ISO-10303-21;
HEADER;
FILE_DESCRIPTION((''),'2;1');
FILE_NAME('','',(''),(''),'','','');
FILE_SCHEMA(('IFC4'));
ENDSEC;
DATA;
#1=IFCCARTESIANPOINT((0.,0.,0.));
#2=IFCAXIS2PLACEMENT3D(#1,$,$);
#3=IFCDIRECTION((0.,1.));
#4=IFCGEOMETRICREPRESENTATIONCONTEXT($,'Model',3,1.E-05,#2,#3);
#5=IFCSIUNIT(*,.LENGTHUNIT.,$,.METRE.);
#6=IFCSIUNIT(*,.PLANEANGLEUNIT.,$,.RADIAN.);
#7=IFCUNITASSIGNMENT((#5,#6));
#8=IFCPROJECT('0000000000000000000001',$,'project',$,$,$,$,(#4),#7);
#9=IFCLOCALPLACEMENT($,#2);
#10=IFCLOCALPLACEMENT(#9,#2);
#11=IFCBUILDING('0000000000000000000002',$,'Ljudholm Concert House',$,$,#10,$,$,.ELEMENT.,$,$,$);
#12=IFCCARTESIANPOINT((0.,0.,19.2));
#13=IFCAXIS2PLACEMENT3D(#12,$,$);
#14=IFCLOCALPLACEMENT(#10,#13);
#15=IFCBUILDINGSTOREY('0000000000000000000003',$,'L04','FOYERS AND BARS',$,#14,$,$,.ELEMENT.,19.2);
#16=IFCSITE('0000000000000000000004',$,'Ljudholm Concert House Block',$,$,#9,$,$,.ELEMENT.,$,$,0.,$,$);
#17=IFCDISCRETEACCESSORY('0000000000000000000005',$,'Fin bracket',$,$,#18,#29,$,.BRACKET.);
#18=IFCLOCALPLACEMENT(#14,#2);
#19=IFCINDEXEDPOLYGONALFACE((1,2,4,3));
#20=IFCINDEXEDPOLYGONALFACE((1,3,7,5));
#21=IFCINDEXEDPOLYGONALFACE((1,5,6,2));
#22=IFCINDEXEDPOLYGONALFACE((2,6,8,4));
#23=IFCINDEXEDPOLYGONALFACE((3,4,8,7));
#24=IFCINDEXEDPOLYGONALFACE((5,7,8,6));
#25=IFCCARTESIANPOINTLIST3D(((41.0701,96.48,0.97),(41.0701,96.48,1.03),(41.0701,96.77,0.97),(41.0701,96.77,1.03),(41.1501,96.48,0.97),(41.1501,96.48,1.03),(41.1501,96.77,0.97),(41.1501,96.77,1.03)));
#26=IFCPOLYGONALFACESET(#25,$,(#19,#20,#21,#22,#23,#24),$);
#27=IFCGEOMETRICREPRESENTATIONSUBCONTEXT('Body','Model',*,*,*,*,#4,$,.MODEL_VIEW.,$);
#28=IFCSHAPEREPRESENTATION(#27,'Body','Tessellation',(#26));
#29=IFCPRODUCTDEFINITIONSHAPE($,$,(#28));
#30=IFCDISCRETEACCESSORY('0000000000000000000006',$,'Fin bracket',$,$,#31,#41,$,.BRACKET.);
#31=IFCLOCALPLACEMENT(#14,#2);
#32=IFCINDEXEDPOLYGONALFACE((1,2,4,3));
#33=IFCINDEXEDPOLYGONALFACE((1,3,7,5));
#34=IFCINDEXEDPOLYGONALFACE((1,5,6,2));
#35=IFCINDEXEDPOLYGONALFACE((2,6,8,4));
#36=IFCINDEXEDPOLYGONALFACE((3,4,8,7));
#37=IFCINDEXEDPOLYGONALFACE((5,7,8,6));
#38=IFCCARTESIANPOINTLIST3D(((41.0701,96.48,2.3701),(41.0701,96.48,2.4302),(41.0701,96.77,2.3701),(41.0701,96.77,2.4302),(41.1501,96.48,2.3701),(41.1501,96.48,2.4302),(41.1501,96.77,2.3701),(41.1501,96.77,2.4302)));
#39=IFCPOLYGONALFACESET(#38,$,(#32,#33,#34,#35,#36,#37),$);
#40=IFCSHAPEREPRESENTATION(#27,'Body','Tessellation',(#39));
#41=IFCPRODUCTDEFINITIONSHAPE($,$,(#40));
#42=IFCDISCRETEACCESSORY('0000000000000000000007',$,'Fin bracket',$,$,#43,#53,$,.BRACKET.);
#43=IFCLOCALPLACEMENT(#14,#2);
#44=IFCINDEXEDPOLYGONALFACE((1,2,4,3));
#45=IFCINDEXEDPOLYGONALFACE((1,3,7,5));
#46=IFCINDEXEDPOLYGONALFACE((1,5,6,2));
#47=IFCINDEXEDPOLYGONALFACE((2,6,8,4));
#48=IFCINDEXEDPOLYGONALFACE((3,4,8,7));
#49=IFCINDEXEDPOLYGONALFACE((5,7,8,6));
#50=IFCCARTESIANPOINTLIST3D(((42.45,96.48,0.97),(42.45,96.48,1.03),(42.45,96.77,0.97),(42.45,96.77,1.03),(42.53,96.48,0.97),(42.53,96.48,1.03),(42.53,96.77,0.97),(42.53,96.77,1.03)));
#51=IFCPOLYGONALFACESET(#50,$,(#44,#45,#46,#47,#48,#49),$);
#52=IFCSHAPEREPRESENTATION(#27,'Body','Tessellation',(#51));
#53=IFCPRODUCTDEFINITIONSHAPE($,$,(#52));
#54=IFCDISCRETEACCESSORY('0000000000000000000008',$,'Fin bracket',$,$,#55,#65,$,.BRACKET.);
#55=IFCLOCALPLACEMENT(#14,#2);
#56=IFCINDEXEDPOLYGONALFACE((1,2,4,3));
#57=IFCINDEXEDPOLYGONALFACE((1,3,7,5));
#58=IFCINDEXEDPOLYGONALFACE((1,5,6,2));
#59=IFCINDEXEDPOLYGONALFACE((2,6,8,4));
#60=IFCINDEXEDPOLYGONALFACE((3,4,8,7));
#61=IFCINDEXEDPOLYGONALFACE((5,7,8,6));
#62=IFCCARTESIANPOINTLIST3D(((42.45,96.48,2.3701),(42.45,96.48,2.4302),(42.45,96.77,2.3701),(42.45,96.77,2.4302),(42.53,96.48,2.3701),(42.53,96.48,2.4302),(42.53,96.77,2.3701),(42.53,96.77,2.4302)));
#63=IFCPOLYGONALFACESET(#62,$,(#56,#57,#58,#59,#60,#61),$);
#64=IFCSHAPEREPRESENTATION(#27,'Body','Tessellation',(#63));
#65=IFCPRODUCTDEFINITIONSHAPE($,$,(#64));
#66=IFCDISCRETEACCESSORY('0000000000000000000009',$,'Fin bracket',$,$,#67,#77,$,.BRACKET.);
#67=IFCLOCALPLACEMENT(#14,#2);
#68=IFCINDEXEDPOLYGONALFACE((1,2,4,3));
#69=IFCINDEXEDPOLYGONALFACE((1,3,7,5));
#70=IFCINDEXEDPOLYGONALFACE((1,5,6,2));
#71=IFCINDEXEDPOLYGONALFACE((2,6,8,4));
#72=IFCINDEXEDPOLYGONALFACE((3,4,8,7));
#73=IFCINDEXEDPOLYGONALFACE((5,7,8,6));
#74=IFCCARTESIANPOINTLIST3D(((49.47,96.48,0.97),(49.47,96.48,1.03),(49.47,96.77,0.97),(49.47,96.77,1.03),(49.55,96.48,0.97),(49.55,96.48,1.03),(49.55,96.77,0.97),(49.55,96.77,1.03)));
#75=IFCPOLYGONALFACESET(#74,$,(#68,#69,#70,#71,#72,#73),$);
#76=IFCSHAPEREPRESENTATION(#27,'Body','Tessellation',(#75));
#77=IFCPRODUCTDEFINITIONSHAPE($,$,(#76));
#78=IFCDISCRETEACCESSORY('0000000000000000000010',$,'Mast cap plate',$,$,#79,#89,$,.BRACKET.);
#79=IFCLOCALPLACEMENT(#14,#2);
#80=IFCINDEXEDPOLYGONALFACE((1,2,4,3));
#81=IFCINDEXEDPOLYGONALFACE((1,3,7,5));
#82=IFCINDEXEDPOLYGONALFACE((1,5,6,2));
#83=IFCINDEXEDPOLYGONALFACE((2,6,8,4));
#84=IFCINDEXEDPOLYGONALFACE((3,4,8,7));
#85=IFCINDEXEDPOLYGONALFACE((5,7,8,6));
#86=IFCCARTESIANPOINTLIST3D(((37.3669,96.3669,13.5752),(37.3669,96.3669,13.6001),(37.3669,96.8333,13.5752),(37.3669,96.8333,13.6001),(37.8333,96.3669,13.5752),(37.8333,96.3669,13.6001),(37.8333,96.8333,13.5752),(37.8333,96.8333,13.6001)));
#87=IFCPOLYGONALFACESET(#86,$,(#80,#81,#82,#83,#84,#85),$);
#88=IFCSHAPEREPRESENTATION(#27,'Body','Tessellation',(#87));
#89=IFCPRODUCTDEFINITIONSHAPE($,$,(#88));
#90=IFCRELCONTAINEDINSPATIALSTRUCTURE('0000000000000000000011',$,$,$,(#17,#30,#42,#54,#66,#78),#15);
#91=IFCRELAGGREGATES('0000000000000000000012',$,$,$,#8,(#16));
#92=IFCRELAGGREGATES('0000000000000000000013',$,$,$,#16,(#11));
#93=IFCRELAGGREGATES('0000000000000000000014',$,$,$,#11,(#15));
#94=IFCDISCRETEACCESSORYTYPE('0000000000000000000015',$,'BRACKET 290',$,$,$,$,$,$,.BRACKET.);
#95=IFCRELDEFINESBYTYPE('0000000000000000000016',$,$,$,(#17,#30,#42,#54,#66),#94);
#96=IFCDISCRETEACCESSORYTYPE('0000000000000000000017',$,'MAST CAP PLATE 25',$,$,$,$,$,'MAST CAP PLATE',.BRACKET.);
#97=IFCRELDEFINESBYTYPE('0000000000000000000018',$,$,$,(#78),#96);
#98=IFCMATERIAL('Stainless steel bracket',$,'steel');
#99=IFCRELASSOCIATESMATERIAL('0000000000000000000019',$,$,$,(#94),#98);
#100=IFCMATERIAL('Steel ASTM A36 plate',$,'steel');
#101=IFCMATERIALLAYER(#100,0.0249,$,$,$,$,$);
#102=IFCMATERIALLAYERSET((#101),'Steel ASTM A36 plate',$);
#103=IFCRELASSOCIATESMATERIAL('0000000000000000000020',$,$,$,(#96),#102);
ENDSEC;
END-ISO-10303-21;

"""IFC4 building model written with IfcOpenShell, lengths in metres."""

from ifc_helpers import new_model, si_unit, direction, frame, origin, origin_2d, place, context, subcontext, project, spatial, rectangle, extrude, material, layer, layer_set, type_object, element, save


model = new_model("IFC4")

# Units and contexts
model_context = context("Model", 3, precision=1e-05, world=origin(), true_north=direction((0.0, 1.0)))
body_context = subcontext(model_context, "Body", "Model", "MODEL_VIEW")
ifc_project = project(units=[si_unit("LENGTHUNIT", "METRE"), si_unit("PLANEANGLEUNIT", "RADIAN")], contexts=[model_context])

# Site, building, storey
site_placement = place(None, origin())
site = spatial("IfcSite", under=ifc_project, at=site_placement, Name="Ljudholm Concert House Block", CompositionType="ELEMENT", RefElevation=0.0)
building_placement = place(site_placement, origin())
building = spatial("IfcBuilding", under=site, at=building_placement, Name="Ljudholm Concert House", CompositionType="ELEMENT")
storey_placement = place(building_placement, frame((0.0, 0.0, 19.2)))
storey = spatial("IfcBuildingStorey", under=building, at=storey_placement, Name="L04", Description="FOYERS AND BARS", CompositionType="ELEMENT", Elevation=19.2)

# Discrete accessories
ifc_material_1 = material(Name="Stainless steel bracket", Category="steel")
discrete_accessory_type_1 = type_object("IfcDiscreteAccessoryType", Name="BRACKET 290", PredefinedType="BRACKET", material=ifc_material_1)
for number, where, z_axis, x_axis, name in (
    (1, (41.1101, 96.625, 0.97), (0.0, 0.0, 1.0), (0.0, 1.0, 0.0), "Fin bracket"),
    (2, (41.1101, 96.625, 2.3701), (0.0, 0.0, 1.0), (0.0, 1.0, 0.0), "Fin bracket"),
    (3, (42.49, 96.625, 0.97), (0.0, 0.0, 1.0), (0.0, 1.0, 0.0), "Fin bracket"),
    (4, (42.49, 96.625, 2.3701), (0.0, 0.0, 1.0), (0.0, 1.0, 0.0), "Fin bracket"),
    (5, (49.51, 96.625, 0.97), (0.0, 0.0, 1.0), (0.0, 1.0, 0.0), "Fin bracket"),
):
    element("IfcDiscreteAccessory", number, at=place(storey_placement, frame(where, z_axis=z_axis, x_axis=x_axis)), inside=storey, type_object=discrete_accessory_type_1, Name=name, PredefinedType="BRACKET", context=body_context, shape_type="SweptSolid", body=[
        extrude(rectangle(XDim=0.29, YDim=0.0801, at=origin_2d()), origin(), (0.0, 0.0, 1.0), 0.0601),
    ])
ifc_material_2 = material(Name="Steel ASTM A36 plate", Category="steel")
ifc_layer_1 = layer(ifc_material_2, 0.0249)
ifc_layer_set_1 = layer_set([ifc_layer_1], Name="Steel ASTM A36 plate")
discrete_accessory_type_2 = type_object("IfcDiscreteAccessoryType", Name="MAST CAP PLATE 25", ElementType="MAST CAP PLATE", PredefinedType="BRACKET", material=ifc_layer_set_1)
discrete_accessory_placement = place(storey_placement, frame((37.6001, 96.6001, 13.5752), z_axis=(0.0, 0.0, 1.0), x_axis=(1.0, 0.0, 0.0)))
element("IfcDiscreteAccessory", 6, at=discrete_accessory_placement, inside=storey, type_object=discrete_accessory_type_2, Name="Mast cap plate", PredefinedType="BRACKET", context=body_context, shape_type="SweptSolid", body=[
    extrude(rectangle(XDim=0.4663, YDim=0.4663, at=origin_2d()), origin(), (0.0, 0.0, 1.0), 0.0249),
])

save(model, "model.ifc")
